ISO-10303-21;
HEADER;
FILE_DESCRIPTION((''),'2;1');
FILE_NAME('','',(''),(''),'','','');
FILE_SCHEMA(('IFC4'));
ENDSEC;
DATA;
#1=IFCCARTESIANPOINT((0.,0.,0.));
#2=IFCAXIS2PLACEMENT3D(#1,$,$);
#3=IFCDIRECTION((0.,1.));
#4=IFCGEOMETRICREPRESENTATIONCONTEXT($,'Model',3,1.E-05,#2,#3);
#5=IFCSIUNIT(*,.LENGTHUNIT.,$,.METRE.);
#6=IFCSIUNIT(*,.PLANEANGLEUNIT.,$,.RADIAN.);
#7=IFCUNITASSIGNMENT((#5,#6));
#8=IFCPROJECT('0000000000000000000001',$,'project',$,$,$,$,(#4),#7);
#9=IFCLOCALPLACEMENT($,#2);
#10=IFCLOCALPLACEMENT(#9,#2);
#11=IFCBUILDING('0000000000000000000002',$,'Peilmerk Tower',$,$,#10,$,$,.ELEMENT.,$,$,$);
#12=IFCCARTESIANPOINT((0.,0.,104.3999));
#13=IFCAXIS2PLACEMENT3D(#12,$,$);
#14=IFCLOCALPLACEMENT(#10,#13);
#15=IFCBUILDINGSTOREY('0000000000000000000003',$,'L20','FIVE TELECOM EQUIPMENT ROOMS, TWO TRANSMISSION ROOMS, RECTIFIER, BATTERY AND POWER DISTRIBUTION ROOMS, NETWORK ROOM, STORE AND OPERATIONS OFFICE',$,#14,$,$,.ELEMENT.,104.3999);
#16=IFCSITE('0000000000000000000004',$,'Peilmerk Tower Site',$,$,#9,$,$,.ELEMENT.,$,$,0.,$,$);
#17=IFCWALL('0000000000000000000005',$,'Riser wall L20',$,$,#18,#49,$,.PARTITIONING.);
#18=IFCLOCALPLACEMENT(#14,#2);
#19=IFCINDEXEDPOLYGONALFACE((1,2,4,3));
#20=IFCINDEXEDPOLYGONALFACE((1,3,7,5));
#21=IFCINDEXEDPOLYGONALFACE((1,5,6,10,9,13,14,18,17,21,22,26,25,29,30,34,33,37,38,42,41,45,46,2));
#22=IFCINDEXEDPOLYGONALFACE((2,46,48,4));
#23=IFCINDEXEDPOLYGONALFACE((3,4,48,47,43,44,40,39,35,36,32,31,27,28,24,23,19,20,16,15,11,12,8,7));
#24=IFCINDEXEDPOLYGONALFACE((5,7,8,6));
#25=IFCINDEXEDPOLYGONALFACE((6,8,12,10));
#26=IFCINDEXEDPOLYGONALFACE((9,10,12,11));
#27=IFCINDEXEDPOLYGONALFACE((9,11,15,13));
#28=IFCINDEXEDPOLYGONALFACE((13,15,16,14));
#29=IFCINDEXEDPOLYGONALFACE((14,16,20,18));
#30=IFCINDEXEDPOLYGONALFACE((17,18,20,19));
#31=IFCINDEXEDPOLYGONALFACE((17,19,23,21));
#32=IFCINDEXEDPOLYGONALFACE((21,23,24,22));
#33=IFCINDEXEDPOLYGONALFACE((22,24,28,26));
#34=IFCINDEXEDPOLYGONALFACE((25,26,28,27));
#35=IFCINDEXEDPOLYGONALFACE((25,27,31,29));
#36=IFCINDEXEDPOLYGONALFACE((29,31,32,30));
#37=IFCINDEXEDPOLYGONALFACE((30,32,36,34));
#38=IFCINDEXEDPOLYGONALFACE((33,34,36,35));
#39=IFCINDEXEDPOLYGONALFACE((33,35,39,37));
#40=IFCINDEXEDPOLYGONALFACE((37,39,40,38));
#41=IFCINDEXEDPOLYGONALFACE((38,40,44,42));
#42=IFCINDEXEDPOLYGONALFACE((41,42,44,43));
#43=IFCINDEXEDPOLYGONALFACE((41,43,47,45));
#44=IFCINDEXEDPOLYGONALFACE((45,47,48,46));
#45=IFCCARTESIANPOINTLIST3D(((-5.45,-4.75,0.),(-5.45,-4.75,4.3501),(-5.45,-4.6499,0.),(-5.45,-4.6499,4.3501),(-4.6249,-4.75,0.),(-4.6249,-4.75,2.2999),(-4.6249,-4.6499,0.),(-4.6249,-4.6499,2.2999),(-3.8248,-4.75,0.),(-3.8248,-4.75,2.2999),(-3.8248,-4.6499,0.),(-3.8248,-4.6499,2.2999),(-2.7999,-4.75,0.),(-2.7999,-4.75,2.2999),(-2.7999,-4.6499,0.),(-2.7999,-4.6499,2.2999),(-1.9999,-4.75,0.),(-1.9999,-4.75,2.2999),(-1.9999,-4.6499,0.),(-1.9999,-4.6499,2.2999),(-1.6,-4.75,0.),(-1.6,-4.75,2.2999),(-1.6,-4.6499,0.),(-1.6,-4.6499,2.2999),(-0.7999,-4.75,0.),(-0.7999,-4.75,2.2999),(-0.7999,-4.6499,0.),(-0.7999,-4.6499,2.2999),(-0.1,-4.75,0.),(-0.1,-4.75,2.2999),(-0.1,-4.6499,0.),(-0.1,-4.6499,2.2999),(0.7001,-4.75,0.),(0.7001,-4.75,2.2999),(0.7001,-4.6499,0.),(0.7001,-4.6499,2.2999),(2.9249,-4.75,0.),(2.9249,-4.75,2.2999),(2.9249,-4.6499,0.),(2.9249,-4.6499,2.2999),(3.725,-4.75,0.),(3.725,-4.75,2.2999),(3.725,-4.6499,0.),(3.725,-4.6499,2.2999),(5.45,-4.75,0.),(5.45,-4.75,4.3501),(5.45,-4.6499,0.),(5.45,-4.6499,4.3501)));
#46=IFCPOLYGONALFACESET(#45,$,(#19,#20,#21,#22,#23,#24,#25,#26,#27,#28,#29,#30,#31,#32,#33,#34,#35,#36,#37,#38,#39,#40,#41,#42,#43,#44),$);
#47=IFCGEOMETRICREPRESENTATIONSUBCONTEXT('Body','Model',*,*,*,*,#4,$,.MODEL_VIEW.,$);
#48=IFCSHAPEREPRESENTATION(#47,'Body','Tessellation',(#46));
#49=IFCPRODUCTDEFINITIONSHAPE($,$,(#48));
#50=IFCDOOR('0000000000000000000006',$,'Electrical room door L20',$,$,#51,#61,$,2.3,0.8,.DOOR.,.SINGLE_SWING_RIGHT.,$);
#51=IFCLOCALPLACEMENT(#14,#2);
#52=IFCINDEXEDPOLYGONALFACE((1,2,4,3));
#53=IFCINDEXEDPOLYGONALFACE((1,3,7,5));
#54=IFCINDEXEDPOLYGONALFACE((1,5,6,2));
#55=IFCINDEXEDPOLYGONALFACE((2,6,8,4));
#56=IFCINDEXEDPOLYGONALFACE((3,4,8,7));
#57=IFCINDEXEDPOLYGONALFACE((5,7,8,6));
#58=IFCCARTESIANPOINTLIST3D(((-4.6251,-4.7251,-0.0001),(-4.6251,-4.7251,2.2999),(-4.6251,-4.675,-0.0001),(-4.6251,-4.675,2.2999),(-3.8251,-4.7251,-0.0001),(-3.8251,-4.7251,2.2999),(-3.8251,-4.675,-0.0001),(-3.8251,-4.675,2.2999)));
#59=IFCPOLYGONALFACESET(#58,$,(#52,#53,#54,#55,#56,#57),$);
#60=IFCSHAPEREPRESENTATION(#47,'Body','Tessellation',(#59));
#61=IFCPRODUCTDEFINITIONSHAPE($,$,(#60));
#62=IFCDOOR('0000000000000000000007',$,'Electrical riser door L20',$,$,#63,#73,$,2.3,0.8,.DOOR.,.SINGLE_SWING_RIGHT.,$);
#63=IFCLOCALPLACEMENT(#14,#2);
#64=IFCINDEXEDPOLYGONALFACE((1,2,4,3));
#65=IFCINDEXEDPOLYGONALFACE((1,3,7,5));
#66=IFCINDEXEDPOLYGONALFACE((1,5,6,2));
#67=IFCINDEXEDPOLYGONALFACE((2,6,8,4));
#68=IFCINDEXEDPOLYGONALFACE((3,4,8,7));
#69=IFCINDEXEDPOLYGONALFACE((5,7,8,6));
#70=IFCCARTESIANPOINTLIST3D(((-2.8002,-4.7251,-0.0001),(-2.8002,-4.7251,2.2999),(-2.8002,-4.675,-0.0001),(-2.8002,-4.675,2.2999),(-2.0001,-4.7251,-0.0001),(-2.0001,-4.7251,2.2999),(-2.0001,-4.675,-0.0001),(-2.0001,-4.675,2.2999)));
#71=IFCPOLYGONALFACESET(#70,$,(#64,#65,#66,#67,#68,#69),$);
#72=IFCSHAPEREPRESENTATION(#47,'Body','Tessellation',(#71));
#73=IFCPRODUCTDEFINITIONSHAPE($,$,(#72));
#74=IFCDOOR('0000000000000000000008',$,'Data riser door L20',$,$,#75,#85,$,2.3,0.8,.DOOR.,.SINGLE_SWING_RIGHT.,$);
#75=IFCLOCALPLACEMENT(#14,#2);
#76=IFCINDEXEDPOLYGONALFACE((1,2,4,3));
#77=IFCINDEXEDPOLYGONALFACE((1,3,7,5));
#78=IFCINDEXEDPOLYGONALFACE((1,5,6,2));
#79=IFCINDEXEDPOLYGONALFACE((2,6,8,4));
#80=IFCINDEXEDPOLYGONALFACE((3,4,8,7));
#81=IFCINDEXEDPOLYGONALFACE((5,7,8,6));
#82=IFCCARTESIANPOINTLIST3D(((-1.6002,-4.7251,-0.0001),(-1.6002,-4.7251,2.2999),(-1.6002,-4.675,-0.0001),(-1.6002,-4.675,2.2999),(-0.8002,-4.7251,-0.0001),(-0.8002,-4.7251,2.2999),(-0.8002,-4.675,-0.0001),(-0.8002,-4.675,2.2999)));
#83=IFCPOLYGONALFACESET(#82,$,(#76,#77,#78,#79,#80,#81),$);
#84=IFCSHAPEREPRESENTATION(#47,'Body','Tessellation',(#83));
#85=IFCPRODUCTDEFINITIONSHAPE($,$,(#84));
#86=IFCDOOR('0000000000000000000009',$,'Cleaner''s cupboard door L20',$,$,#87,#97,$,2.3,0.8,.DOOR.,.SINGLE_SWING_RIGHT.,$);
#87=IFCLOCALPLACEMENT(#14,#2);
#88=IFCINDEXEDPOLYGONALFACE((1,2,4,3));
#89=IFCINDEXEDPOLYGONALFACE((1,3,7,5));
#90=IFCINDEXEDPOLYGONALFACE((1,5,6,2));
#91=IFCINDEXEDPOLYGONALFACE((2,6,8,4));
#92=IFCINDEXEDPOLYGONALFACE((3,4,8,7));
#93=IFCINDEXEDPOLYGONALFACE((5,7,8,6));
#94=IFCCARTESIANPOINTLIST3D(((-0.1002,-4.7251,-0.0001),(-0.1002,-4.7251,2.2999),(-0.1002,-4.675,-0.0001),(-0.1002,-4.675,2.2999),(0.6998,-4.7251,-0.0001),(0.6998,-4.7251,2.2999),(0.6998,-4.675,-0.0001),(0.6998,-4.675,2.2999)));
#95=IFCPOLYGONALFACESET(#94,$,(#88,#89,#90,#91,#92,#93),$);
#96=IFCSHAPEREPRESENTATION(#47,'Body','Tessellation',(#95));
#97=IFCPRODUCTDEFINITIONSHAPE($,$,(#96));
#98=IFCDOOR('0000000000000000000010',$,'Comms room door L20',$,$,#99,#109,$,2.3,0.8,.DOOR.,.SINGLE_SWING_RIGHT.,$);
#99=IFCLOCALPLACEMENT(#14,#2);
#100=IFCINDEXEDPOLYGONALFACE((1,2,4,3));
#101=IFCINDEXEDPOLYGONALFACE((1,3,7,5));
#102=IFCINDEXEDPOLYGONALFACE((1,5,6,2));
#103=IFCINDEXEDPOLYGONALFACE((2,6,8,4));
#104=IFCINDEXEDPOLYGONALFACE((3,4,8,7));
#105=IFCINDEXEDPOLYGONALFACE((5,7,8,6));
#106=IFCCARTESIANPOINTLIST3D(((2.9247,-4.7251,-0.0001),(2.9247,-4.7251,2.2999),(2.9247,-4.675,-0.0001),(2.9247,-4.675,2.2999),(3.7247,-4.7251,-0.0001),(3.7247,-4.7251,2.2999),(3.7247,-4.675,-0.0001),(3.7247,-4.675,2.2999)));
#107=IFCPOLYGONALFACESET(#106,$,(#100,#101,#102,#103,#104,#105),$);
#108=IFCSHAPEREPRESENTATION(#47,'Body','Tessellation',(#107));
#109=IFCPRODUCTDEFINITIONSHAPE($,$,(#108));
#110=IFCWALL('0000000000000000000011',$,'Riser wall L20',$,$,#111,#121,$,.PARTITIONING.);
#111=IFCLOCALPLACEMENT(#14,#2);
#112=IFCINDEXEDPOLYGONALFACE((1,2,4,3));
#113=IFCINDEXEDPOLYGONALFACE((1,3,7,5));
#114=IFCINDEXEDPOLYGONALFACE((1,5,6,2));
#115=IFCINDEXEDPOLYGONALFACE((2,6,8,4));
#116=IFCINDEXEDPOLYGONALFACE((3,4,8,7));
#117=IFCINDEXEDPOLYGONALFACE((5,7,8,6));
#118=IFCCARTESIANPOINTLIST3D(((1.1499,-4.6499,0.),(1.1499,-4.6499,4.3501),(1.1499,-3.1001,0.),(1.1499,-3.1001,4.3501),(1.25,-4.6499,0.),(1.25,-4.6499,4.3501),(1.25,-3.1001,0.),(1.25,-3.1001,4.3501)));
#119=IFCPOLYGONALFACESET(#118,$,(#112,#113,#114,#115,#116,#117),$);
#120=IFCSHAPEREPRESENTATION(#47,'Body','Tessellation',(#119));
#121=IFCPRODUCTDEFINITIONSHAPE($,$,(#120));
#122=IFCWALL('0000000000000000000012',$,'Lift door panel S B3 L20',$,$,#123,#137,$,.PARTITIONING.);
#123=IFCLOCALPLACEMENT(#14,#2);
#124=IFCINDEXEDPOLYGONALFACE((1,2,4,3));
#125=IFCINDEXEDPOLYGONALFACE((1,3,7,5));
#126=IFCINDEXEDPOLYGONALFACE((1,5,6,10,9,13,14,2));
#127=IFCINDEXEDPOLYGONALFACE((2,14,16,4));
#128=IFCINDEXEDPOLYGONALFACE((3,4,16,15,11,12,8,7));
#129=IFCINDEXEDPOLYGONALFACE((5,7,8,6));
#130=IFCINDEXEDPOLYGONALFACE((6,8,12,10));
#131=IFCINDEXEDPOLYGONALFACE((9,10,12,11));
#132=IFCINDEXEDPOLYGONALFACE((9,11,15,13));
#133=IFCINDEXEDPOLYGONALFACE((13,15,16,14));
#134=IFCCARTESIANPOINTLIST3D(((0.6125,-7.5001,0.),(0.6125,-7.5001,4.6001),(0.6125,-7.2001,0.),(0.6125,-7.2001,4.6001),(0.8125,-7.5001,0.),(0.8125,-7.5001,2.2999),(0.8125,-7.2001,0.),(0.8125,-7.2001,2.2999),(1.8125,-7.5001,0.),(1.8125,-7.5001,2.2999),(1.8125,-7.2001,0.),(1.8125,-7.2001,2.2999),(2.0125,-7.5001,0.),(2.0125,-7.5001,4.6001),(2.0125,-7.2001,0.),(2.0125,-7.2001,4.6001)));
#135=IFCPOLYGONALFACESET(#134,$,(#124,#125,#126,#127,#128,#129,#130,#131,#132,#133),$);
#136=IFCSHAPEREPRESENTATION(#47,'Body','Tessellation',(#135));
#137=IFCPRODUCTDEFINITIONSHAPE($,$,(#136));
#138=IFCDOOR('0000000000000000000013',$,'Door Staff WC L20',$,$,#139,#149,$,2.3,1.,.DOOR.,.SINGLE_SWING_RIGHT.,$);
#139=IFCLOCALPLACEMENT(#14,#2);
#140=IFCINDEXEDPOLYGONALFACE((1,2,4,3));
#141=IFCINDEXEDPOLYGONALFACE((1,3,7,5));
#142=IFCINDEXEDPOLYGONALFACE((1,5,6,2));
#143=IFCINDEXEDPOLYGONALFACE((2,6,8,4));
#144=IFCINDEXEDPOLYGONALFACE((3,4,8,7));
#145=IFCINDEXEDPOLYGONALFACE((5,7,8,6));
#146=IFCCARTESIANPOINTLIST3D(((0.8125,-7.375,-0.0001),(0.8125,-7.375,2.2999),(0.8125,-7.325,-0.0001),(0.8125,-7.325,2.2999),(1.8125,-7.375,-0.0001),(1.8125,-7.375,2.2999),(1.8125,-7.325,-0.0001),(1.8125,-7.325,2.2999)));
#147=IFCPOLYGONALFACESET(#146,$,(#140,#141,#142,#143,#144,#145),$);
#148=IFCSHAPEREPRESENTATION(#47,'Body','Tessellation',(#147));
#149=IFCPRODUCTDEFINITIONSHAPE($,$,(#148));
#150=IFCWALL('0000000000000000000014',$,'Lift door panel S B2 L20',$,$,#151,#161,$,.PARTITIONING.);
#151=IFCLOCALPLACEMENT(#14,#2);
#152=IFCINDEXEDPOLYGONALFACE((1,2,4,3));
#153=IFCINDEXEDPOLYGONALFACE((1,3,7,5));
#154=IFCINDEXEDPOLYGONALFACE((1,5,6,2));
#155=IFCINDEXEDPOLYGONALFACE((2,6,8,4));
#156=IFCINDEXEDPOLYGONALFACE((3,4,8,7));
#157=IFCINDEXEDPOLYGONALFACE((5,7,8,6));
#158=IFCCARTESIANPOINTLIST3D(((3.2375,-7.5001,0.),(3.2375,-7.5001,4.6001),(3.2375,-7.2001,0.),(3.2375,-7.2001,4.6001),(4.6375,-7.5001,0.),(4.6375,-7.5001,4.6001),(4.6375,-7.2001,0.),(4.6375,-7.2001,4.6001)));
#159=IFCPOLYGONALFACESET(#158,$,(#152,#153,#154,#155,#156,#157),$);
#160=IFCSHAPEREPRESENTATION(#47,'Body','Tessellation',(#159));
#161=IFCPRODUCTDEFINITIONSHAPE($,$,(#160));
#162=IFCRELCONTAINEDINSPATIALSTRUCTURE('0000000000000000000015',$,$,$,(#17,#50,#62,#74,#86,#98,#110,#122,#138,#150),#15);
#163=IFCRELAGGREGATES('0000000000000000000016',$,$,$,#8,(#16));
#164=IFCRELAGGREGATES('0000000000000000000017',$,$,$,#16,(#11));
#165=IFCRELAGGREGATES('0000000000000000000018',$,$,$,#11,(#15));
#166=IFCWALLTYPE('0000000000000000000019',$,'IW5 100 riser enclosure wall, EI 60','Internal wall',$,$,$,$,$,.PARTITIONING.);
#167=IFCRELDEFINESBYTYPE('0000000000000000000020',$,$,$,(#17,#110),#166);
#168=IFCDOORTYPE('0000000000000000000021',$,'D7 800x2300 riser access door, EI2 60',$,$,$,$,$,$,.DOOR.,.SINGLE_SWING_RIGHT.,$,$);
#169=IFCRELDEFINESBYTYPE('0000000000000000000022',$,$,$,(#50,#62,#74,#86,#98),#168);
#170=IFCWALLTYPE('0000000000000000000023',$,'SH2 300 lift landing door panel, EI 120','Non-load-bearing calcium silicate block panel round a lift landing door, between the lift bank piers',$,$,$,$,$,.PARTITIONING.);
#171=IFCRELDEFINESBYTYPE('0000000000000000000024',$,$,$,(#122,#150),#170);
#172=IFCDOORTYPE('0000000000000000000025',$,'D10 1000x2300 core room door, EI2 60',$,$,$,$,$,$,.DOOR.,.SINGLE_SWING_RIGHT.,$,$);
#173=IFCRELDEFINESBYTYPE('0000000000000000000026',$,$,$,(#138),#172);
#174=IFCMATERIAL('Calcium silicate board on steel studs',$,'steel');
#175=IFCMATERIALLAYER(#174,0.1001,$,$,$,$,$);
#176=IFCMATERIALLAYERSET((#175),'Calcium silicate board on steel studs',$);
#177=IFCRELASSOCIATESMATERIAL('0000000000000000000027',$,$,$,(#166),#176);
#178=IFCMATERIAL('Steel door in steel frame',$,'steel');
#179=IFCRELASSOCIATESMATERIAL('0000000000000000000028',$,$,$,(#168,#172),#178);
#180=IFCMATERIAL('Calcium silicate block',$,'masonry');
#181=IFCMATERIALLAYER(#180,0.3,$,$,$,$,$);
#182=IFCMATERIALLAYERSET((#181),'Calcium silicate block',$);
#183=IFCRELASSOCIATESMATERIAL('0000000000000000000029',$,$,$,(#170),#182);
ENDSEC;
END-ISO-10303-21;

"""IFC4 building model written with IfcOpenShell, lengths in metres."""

from ifc_helpers import new_model, si_unit, direction, frame, frame_2d, origin, place, context, subcontext, project, spatial, rectangle, extrude, material, layer, layer_set, type_object, element, fill, save


model = new_model("IFC4")

# Units and contexts
model_context = context("Model", 3, precision=1e-05, world=origin(), true_north=direction((0.0, 1.0)))
body_context = subcontext(model_context, "Body", "Model", "MODEL_VIEW")
ifc_project = project(units=[si_unit("LENGTHUNIT", "METRE"), si_unit("PLANEANGLEUNIT", "RADIAN")], contexts=[model_context])

# Site, building, storey
site_placement = place(None, origin())
site = spatial("IfcSite", under=ifc_project, at=site_placement, Name="Peilmerk Tower Site", CompositionType="ELEMENT", RefElevation=0.0)
building_placement = place(site_placement, origin())
building = spatial("IfcBuilding", under=site, at=building_placement, Name="Peilmerk Tower", CompositionType="ELEMENT")
storey_placement = place(building_placement, frame((0.0, 0.0, 104.3999)))
storey = spatial("IfcBuildingStorey", under=building, at=storey_placement, Name="L20", Description="FIVE TELECOM EQUIPMENT ROOMS, TWO TRANSMISSION ROOMS, RECTIFIER, BATTERY AND POWER DISTRIBUTION ROOMS, NETWORK ROOM, STORE AND OPERATIONS OFFICE", CompositionType="ELEMENT", Elevation=104.3999)

# Shared definitions
ifc_material_1 = material(Name="Calcium silicate board on steel studs", Category="steel")
ifc_layer_1 = layer(ifc_material_1, 0.1001)
ifc_layer_set_1 = layer_set([ifc_layer_1], Name="Calcium silicate board on steel studs")
wall_type_1 = type_object("IfcWallType", Name="IW5 100 riser enclosure wall, EI 60", Description="Internal wall", PredefinedType="PARTITIONING", material=ifc_layer_set_1)

# Wall, openings, doors
wall_1_placement = place(storey_placement, frame((5.45, -4.7, 0.0), z_axis=(0.0, 0.0, 1.0), x_axis=(-1.0, 0.0, 0.0)))
wall_1 = element("IfcWall", 1, at=wall_1_placement, inside=storey, type_object=wall_type_1, Name="Riser wall L20", PredefinedType="PARTITIONING", context=body_context, shape_type="SweptSolid", body=[
    extrude(rectangle(XDim=10.8999, YDim=0.1001, at=frame_2d((5.45, 0.0))), origin(), (0.0, 0.0, 1.0), 4.3501),
])
opening_1_placement = place(wall_1_placement, frame((9.2749, 0.0, 0.0)))
opening_1 = element("IfcOpeningElement", 2, at=opening_1_placement, cuts=wall_1, PredefinedType="OPENING", context=body_context, shape_type="SweptSolid", body=[
    extrude(rectangle(XDim=0.8, YDim=2.3, at=frame_2d((0.3999, 1.1499))), frame((0.0, 0.0601, 0.0), z_axis=(0.0, -1.0, 0.0), x_axis=(1.0, 0.0, 0.0)), (0.0, 0.0, 1.0), 0.1201),
])
opening_2_placement = place(wall_1_placement, frame((7.45, 0.0, 0.0)))
opening_2 = element("IfcOpeningElement", 3, at=opening_2_placement, cuts=wall_1, PredefinedType="OPENING", context=body_context, shape_type="SweptSolid", body=[
    extrude(rectangle(XDim=0.8, YDim=2.3, at=frame_2d((0.3999, 1.1499))), frame((0.0, 0.0601, 0.0), z_axis=(0.0, -1.0, 0.0), x_axis=(1.0, 0.0, 0.0)), (0.0, 0.0, 1.0), 0.1201),
])
opening_3_placement = place(wall_1_placement, frame((6.25, 0.0, 0.0)))
opening_3 = element("IfcOpeningElement", 4, at=opening_3_placement, cuts=wall_1, PredefinedType="OPENING", context=body_context, shape_type="SweptSolid", body=[
    extrude(rectangle(XDim=0.8, YDim=2.3, at=frame_2d((0.3999, 1.1499))), frame((0.0, 0.0601, 0.0), z_axis=(0.0, -1.0, 0.0), x_axis=(1.0, 0.0, 0.0)), (0.0, 0.0, 1.0), 0.1201),
])
opening_4_placement = place(wall_1_placement, frame((4.75, 0.0, 0.0)))
opening_4 = element("IfcOpeningElement", 5, at=opening_4_placement, cuts=wall_1, PredefinedType="OPENING", context=body_context, shape_type="SweptSolid", body=[
    extrude(rectangle(XDim=0.8, YDim=2.3, at=frame_2d((0.3999, 1.1499))), frame((0.0, 0.0601, 0.0), z_axis=(0.0, -1.0, 0.0), x_axis=(1.0, 0.0, 0.0)), (0.0, 0.0, 1.0), 0.1201),
])
opening_5_placement = place(wall_1_placement, frame((1.7251, 0.0, 0.0)))
opening_5 = element("IfcOpeningElement", 6, at=opening_5_placement, cuts=wall_1, PredefinedType="OPENING", context=body_context, shape_type="SweptSolid", body=[
    extrude(rectangle(XDim=0.8, YDim=2.3, at=frame_2d((0.3999, 1.1499))), frame((0.0, 0.0601, 0.0), z_axis=(0.0, -1.0, 0.0), x_axis=(1.0, 0.0, 0.0)), (0.0, 0.0, 1.0), 0.1201),
])
ifc_material_2 = material(Name="Steel door in steel frame", Category="steel")
door_type_1 = type_object("IfcDoorType", Name="D7 800x2300 riser access door, EI2 60", OperationType="SINGLE_SWING_RIGHT", PredefinedType="DOOR", material=ifc_material_2)
door_1_placement = place(opening_1_placement, frame((0.8, 0.0, 0.0), z_axis=(0.0, 0.0, 1.0), x_axis=(-1.0, 0.0, 0.0)))
door_1 = element("IfcDoor", 7, at=door_1_placement, inside=storey, type_object=door_type_1, Name="Electrical room door L20", OperationType="SINGLE_SWING_RIGHT", OverallHeight=2.3, OverallWidth=0.8, PredefinedType="DOOR", context=body_context, shape_type="SweptSolid", body=[
    extrude(rectangle(XDim=0.8, YDim=2.3, at=frame_2d((0.3999, 1.1499))), frame((0.0, 0.0249, 0.0), z_axis=(0.0, -1.0, 0.0), x_axis=(1.0, 0.0, 0.0)), (0.0, 0.0, 1.0), 0.05),
])
fill(opening_1, door_1)
door_2_placement = place(opening_2_placement, frame((0.8, 0.0, 0.0), z_axis=(0.0, 0.0, 1.0), x_axis=(-1.0, 0.0, 0.0)))
door_2 = element("IfcDoor", 8, at=door_2_placement, inside=storey, type_object=door_type_1, Name="Electrical riser door L20", OperationType="SINGLE_SWING_RIGHT", OverallHeight=2.3, OverallWidth=0.8, PredefinedType="DOOR", context=body_context, shape_type="SweptSolid", body=[
    extrude(rectangle(XDim=0.8, YDim=2.3, at=frame_2d((0.3999, 1.1499))), frame((0.0, 0.0249, 0.0), z_axis=(0.0, -1.0, 0.0), x_axis=(1.0, 0.0, 0.0)), (0.0, 0.0, 1.0), 0.05),
])
fill(opening_2, door_2)
door_3_placement = place(opening_3_placement, frame((0.8, 0.0, 0.0), z_axis=(0.0, 0.0, 1.0), x_axis=(-1.0, 0.0, 0.0)))
door_3 = element("IfcDoor", 9, at=door_3_placement, inside=storey, type_object=door_type_1, Name="Data riser door L20", OperationType="SINGLE_SWING_RIGHT", OverallHeight=2.3, OverallWidth=0.8, PredefinedType="DOOR", context=body_context, shape_type="SweptSolid", body=[
    extrude(rectangle(XDim=0.8, YDim=2.3, at=frame_2d((0.3999, 1.1499))), frame((0.0, 0.0249, 0.0), z_axis=(0.0, -1.0, 0.0), x_axis=(1.0, 0.0, 0.0)), (0.0, 0.0, 1.0), 0.05),
])
fill(opening_3, door_3)
door_4_placement = place(opening_4_placement, frame((0.8, 0.0, 0.0), z_axis=(0.0, 0.0, 1.0), x_axis=(-1.0, 0.0, 0.0)))
door_4 = element("IfcDoor", 10, at=door_4_placement, inside=storey, type_object=door_type_1, Name="Cleaner's cupboard door L20", OperationType="SINGLE_SWING_RIGHT", OverallHeight=2.3, OverallWidth=0.8, PredefinedType="DOOR", context=body_context, shape_type="SweptSolid", body=[
    extrude(rectangle(XDim=0.8, YDim=2.3, at=frame_2d((0.3999, 1.1499))), frame((0.0, 0.0249, 0.0), z_axis=(0.0, -1.0, 0.0), x_axis=(1.0, 0.0, 0.0)), (0.0, 0.0, 1.0), 0.05),
])
fill(opening_4, door_4)
door_5_placement = place(opening_5_placement, frame((0.8, 0.0, 0.0), z_axis=(0.0, 0.0, 1.0), x_axis=(-1.0, 0.0, 0.0)))
door_5 = element("IfcDoor", 11, at=door_5_placement, inside=storey, type_object=door_type_1, Name="Comms room door L20", OperationType="SINGLE_SWING_RIGHT", OverallHeight=2.3, OverallWidth=0.8, PredefinedType="DOOR", context=body_context, shape_type="SweptSolid", body=[
    extrude(rectangle(XDim=0.8, YDim=2.3, at=frame_2d((0.3999, 1.1499))), frame((0.0, 0.0249, 0.0), z_axis=(0.0, -1.0, 0.0), x_axis=(1.0, 0.0, 0.0)), (0.0, 0.0, 1.0), 0.05),
])
fill(opening_5, door_5)

# Wall
wall_2_placement = place(storey_placement, frame((1.2, -3.1001, 0.0), z_axis=(0.0, 0.0, 1.0), x_axis=(0.0, -1.0, 0.0)))
element("IfcWall", 12, at=wall_2_placement, inside=storey, type_object=wall_type_1, Name="Riser wall L20", PredefinedType="PARTITIONING", context=body_context, shape_type="SweptSolid", body=[
    extrude(rectangle(XDim=1.5498, YDim=0.1001, at=frame_2d((0.7749, 0.0))), origin(), (0.0, 0.0, 1.0), 4.3501),
])

# Wall, opening, door
ifc_material_3 = material(Name="Calcium silicate block", Category="masonry")
ifc_layer_2 = layer(ifc_material_3, 0.3)
ifc_layer_set_2 = layer_set([ifc_layer_2], Name="Calcium silicate block")
wall_type_2 = type_object("IfcWallType", Name="SH2 300 lift landing door panel, EI 120", Description="Non-load-bearing calcium silicate block panel round a lift landing door, between the lift bank piers", PredefinedType="PARTITIONING", material=ifc_layer_set_2)
wall_3_placement = place(storey_placement, frame((0.6125, -7.3501, 0.0), z_axis=(0.0, 0.0, 1.0), x_axis=(1.0, 0.0, 0.0)))
wall_3 = element("IfcWall", 13, at=wall_3_placement, inside=storey, type_object=wall_type_2, Name="Lift door panel S B3 L20", PredefinedType="PARTITIONING", context=body_context, shape_type="SweptSolid", body=[
    extrude(rectangle(XDim=1.3999, YDim=0.3, at=frame_2d((0.7, 0.0))), origin(), (0.0, 0.0, 1.0), 4.6001),
])
opening_6_placement = place(wall_3_placement, frame((0.2, 0.0, 0.0)))
opening_6 = element("IfcOpeningElement", 14, at=opening_6_placement, cuts=wall_3, PredefinedType="OPENING", context=body_context, shape_type="SweptSolid", body=[
    extrude(rectangle(XDim=1.0, YDim=2.3, at=frame_2d((0.5, 1.1499))), frame((0.0, 0.1599, 0.0), z_axis=(0.0, -1.0, 0.0), x_axis=(1.0, 0.0, 0.0)), (0.0, 0.0, 1.0), 0.3201),
])
door_type_2 = type_object("IfcDoorType", Name="D10 1000x2300 core room door, EI2 60", OperationType="SINGLE_SWING_RIGHT", PredefinedType="DOOR", material=ifc_material_2)
door_6_placement = place(opening_6_placement, frame((1.0, 0.0, 0.0), z_axis=(0.0, 0.0, 1.0), x_axis=(-1.0, 0.0, 0.0)))
door_6 = element("IfcDoor", 15, at=door_6_placement, inside=storey, type_object=door_type_2, Name="Door Staff WC L20", OperationType="SINGLE_SWING_RIGHT", OverallHeight=2.3, OverallWidth=1.0, PredefinedType="DOOR", context=body_context, shape_type="SweptSolid", body=[
    extrude(rectangle(XDim=1.0, YDim=2.3, at=frame_2d((0.5, 1.1499))), frame((0.0, 0.0249, 0.0), z_axis=(0.0, -1.0, 0.0), x_axis=(1.0, 0.0, 0.0)), (0.0, 0.0, 1.0), 0.05),
])
fill(opening_6, door_6)

# Wall
wall_4_placement = place(storey_placement, frame((3.2375, -7.3501, 0.0), z_axis=(0.0, 0.0, 1.0), x_axis=(1.0, 0.0, 0.0)))
element("IfcWall", 16, at=wall_4_placement, inside=storey, type_object=wall_type_2, Name="Lift door panel S B2 L20", PredefinedType="PARTITIONING", context=body_context, shape_type="SweptSolid", body=[
    extrude(rectangle(XDim=1.3999, YDim=0.3, at=frame_2d((0.7, 0.0))), origin(), (0.0, 0.0, 1.0), 4.6001),
])

save(model, "model.ifc")
